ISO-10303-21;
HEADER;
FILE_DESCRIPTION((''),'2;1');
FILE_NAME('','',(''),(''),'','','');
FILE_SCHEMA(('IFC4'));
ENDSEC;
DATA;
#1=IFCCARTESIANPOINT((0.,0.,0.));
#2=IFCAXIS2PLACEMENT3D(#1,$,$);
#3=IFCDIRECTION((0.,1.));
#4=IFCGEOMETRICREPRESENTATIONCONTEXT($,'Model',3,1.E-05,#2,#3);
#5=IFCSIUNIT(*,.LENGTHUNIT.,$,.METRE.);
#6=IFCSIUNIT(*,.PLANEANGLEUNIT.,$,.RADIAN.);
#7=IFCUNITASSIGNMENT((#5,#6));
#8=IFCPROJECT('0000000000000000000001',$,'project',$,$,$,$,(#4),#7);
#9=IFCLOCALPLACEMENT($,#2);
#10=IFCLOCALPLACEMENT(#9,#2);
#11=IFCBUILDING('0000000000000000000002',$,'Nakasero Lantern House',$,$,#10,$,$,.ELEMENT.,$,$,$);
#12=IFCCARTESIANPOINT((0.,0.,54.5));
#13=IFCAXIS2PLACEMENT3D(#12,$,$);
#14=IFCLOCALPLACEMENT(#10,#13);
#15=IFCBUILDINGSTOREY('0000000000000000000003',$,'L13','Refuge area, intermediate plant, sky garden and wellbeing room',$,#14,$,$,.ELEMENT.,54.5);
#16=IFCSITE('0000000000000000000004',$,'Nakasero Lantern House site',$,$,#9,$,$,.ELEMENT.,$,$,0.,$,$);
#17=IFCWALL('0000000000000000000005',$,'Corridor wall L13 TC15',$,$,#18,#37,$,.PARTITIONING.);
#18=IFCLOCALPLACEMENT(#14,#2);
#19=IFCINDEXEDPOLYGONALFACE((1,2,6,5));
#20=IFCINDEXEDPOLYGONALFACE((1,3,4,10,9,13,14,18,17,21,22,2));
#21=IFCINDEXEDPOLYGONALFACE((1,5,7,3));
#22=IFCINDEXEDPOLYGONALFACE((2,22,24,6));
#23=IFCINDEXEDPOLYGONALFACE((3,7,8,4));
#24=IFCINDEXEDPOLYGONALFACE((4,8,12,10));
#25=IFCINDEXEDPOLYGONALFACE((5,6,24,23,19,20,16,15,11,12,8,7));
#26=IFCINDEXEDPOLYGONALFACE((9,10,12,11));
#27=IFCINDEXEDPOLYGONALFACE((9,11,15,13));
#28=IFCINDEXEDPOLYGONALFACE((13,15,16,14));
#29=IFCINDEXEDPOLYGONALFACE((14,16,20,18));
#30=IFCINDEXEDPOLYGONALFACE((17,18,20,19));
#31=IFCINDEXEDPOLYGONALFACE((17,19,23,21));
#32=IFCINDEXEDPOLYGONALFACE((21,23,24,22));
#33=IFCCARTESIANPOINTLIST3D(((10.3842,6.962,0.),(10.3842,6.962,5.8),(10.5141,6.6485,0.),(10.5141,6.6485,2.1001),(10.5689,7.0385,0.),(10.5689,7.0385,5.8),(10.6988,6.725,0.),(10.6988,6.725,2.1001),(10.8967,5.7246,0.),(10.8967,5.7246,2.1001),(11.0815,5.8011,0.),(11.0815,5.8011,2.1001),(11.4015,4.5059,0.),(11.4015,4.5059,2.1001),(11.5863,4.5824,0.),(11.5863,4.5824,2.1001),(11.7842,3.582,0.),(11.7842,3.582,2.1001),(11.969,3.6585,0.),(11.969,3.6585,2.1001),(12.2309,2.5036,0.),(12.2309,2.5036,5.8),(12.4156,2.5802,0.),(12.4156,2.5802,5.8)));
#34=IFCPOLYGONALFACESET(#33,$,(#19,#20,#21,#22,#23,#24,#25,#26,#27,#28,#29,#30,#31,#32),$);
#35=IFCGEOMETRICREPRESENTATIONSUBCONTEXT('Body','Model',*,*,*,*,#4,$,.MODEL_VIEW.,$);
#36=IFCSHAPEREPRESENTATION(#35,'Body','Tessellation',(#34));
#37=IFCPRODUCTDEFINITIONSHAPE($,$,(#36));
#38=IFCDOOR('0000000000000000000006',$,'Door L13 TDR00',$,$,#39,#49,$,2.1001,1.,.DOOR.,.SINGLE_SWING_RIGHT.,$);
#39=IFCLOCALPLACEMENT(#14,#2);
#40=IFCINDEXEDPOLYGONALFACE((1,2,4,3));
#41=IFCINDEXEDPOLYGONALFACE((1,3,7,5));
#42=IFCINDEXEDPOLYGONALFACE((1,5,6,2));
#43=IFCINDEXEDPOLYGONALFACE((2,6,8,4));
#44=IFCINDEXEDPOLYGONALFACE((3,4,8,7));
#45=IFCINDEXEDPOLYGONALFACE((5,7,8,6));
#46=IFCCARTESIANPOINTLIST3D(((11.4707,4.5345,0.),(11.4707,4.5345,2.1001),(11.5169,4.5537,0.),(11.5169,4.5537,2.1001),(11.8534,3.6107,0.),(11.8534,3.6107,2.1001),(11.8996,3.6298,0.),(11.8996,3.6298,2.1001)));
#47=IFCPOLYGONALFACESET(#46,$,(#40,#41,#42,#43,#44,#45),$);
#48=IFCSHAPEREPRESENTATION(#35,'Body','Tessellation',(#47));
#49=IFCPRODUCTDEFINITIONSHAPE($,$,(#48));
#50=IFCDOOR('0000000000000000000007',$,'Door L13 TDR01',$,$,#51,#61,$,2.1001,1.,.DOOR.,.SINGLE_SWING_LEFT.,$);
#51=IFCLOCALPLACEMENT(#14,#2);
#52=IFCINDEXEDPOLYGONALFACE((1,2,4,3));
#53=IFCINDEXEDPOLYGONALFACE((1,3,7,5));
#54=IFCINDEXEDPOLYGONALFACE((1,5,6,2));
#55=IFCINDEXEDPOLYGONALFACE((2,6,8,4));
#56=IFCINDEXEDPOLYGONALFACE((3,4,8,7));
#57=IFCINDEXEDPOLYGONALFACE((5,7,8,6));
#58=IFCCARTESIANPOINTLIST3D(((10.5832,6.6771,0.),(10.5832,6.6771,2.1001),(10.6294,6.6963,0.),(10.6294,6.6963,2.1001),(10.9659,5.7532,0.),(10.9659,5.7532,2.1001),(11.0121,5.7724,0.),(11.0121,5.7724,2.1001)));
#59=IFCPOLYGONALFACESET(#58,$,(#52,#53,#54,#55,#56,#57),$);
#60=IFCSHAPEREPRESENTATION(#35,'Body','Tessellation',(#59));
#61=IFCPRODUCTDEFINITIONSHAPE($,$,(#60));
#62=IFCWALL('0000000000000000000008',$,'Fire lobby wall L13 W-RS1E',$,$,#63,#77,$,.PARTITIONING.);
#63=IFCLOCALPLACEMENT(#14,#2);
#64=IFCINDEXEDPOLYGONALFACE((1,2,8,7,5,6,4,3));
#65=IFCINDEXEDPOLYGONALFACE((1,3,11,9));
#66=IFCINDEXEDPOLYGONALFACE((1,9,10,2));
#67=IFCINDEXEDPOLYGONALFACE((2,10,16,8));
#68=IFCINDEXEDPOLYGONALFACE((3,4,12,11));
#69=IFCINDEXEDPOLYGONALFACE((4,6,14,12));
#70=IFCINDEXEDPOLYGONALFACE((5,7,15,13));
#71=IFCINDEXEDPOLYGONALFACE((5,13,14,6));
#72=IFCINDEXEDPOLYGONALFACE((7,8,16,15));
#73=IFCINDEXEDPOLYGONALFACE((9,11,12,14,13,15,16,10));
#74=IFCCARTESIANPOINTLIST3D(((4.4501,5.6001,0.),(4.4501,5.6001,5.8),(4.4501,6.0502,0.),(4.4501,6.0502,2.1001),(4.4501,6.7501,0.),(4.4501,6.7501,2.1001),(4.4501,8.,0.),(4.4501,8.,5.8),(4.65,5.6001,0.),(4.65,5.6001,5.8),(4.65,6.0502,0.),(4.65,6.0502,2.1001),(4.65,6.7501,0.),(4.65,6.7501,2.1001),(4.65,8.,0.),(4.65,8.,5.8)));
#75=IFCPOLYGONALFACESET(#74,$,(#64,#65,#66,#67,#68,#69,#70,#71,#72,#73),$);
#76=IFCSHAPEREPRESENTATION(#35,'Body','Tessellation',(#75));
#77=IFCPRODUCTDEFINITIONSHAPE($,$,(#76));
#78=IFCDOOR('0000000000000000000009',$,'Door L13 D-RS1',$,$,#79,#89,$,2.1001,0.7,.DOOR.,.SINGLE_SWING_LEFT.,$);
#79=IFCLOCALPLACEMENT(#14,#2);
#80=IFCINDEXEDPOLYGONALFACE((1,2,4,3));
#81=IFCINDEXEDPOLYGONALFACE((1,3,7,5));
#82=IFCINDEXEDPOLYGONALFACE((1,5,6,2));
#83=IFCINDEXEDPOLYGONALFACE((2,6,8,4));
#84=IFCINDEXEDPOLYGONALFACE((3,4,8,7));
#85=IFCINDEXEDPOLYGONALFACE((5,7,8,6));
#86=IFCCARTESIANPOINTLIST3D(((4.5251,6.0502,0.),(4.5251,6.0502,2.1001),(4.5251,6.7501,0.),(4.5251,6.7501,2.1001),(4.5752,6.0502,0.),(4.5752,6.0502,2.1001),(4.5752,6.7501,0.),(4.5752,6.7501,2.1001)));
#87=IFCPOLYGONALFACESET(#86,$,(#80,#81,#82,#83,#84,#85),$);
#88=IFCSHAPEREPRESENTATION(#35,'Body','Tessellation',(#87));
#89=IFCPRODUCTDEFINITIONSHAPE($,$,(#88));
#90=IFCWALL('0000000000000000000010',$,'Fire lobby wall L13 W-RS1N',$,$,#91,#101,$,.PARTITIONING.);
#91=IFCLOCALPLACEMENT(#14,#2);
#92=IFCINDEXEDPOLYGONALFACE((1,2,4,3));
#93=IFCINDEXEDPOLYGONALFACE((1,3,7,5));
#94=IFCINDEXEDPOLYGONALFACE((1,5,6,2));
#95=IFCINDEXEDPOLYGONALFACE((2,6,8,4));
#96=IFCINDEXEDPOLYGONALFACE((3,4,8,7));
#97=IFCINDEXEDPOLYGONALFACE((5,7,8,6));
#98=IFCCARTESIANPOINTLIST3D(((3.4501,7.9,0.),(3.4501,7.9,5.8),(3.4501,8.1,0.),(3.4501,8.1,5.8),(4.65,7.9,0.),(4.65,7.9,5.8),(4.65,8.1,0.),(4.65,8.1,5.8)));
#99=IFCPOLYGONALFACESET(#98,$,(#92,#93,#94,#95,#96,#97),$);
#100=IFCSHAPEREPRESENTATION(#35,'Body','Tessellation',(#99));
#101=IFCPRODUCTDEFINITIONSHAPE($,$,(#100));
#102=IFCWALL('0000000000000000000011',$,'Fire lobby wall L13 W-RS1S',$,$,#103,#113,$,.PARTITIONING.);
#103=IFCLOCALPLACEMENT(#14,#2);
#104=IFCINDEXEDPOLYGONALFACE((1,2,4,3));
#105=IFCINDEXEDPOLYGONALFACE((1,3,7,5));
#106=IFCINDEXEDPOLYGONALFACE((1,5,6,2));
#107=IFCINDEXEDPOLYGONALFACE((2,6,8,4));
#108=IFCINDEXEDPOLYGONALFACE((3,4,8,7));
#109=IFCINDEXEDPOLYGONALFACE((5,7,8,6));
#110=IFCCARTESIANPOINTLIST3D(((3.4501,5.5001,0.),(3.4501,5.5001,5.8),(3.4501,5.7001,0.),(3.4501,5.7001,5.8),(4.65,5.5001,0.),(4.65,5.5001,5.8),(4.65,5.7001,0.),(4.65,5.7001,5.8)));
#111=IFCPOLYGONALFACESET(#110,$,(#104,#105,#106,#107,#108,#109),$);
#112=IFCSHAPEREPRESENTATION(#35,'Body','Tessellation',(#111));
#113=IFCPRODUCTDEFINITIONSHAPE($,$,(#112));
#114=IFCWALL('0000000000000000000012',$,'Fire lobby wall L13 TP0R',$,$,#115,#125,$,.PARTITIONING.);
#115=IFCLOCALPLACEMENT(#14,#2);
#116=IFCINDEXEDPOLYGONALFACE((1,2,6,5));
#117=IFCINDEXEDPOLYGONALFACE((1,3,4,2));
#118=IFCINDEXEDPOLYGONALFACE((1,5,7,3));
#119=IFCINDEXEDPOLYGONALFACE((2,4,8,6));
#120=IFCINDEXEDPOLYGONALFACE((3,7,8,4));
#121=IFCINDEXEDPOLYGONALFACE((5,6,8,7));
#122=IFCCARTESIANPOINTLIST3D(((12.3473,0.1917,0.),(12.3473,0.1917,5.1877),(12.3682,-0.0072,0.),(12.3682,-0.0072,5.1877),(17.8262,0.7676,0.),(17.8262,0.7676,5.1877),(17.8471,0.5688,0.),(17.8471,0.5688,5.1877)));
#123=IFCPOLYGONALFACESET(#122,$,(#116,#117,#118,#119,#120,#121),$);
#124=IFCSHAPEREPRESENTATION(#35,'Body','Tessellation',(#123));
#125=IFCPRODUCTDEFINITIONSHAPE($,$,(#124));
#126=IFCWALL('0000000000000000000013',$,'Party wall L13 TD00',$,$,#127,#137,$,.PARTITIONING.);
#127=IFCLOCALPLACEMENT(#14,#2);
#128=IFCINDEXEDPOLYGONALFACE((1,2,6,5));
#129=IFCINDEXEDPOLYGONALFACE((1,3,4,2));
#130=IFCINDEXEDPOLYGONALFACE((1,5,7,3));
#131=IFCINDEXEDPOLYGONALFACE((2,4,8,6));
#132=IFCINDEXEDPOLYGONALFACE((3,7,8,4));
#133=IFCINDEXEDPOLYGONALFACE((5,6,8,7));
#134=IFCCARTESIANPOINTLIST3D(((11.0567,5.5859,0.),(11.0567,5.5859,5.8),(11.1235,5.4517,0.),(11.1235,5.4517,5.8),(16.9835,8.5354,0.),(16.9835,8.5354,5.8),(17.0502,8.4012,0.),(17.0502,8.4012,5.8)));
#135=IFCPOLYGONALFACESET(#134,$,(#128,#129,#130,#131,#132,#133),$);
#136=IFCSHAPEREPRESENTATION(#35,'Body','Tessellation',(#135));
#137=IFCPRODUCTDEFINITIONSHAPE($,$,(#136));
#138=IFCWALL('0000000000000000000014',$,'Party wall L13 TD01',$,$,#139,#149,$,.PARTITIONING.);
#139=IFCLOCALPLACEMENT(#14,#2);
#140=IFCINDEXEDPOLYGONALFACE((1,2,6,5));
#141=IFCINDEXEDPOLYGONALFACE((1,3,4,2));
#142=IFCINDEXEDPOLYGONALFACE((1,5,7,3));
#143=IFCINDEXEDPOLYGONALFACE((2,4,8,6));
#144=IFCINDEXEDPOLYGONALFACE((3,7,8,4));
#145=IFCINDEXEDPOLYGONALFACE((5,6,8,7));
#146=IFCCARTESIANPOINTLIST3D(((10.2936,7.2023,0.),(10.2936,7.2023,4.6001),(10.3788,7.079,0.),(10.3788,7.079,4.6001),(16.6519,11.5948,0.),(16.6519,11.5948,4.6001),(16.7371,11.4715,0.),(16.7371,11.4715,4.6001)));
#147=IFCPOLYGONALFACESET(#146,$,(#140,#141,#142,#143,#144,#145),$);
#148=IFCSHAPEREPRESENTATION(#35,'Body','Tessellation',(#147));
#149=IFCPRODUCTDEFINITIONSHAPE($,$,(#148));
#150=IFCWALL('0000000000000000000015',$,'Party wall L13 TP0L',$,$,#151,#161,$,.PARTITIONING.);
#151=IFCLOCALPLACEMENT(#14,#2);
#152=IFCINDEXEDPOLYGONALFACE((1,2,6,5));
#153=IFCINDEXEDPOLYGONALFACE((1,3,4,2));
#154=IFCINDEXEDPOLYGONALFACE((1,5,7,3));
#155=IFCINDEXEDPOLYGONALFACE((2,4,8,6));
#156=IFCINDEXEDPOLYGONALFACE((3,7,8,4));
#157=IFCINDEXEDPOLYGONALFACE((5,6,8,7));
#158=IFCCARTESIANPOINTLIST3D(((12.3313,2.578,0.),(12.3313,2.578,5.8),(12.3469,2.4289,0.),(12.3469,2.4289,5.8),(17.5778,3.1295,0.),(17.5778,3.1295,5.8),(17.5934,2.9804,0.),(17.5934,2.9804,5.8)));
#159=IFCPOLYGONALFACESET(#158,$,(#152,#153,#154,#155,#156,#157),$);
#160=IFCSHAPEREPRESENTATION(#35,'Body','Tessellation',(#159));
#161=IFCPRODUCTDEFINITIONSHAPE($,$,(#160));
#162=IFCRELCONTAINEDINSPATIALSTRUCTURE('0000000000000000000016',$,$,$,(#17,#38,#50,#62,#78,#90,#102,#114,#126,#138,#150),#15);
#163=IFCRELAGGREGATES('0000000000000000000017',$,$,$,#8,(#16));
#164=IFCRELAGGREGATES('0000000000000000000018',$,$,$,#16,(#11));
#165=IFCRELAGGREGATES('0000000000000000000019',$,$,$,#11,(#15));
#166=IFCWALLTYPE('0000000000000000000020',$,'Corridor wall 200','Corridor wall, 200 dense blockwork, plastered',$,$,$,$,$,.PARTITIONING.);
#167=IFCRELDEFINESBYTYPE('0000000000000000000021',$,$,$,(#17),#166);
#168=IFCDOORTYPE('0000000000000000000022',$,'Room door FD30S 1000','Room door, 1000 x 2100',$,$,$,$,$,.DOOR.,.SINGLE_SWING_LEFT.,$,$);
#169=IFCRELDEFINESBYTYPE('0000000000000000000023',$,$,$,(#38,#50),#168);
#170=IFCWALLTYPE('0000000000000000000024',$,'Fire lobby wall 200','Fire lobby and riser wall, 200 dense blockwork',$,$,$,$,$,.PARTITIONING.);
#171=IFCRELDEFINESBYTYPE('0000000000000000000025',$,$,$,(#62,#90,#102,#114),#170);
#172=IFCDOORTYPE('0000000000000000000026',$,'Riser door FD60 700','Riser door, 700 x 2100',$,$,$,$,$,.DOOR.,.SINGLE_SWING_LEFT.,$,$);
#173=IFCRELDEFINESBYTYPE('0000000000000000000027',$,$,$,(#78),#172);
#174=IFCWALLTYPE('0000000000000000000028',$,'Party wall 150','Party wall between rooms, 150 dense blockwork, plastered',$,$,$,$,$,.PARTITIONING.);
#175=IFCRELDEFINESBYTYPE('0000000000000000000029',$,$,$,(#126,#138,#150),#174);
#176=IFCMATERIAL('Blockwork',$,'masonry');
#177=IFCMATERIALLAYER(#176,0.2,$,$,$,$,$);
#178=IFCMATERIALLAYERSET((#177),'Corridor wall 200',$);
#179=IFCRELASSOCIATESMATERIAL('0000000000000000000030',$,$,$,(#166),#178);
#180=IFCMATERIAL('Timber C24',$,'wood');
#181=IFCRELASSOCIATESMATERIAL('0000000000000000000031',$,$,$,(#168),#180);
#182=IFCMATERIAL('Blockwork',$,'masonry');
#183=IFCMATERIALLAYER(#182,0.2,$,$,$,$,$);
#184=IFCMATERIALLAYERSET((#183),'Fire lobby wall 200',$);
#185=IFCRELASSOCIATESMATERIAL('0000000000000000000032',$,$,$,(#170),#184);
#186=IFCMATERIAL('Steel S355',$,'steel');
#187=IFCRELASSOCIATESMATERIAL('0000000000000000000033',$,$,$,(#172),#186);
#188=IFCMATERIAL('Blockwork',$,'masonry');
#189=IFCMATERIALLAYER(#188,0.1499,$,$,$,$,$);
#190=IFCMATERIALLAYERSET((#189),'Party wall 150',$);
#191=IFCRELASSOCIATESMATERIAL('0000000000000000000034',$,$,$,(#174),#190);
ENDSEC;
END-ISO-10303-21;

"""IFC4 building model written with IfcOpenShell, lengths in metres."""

from ifc_helpers import new_model, si_unit, direction, frame, frame_2d, origin, place, context, subcontext, project, spatial, rectangle, extrude, material, layer, layer_set, type_object, element, fill, save


model = new_model("IFC4")

# Units and contexts
model_context = context("Model", 3, precision=1e-05, world=origin(), true_north=direction((0.0, 1.0)))
body_context = subcontext(model_context, "Body", "Model", "MODEL_VIEW")
ifc_project = project(units=[si_unit("LENGTHUNIT", "METRE"), si_unit("PLANEANGLEUNIT", "RADIAN")], contexts=[model_context])

# Site, building, storey
site_placement = place(None, origin())
site = spatial("IfcSite", under=ifc_project, at=site_placement, Name="Nakasero Lantern House site", CompositionType="ELEMENT", RefElevation=0.0)
building_placement = place(site_placement, origin())
building = spatial("IfcBuilding", under=site, at=building_placement, Name="Nakasero Lantern House", CompositionType="ELEMENT")
storey_placement = place(building_placement, frame((0.0, 0.0, 54.5)))
storey = spatial("IfcBuildingStorey", under=building, at=storey_placement, Name="L13", Description="Refuge area, intermediate plant, sky garden and wellbeing room", CompositionType="ELEMENT", Elevation=54.5)

# Shared definitions
ifc_material_1 = material(Name="Blockwork", Category="masonry")
ifc_layer_1 = layer(ifc_material_1, 0.2)
ifc_layer_set_1 = layer_set([ifc_layer_1], Name="Corridor wall 200")
wall_type_1 = type_object("IfcWallType", Name="Corridor wall 200", Description="Corridor wall, 200 dense blockwork, plastered", PredefinedType="PARTITIONING", material=ifc_layer_set_1)

# Wall, openings, doors
wall_1_placement = place(storey_placement, frame((10.4766, 7.0002, 0.0), z_axis=(0.0, 0.0, 1.0), x_axis=(0.382685, -0.923879, 0.0)))
wall_1 = element("IfcWall", 1, at=wall_1_placement, inside=storey, type_object=wall_type_1, Name="Corridor wall L13 TC15", PredefinedType="PARTITIONING", context=body_context, shape_type="SweptSolid", body=[
    extrude(rectangle(XDim=4.8257, YDim=0.2, at=frame_2d((2.4128, 0.0))), origin(), (0.0, 0.0, 1.0), 5.8),
])
opening_1_placement = place(wall_1_placement, frame((2.6584, 0.0, 0.0)))
opening_1 = element("IfcOpeningElement", 2, at=opening_1_placement, cuts=wall_1, PredefinedType="OPENING", context=body_context, shape_type="SweptSolid", body=[
    extrude(rectangle(XDim=1.0, YDim=2.1001, at=frame_2d((0.5, 1.05))), frame((0.0, 0.1199, 0.0), z_axis=(0.0, -1.0, 0.0), x_axis=(1.0, 0.0, 0.0)), (0.0, 0.0, 1.0), 0.24),
])
opening_2_placement = place(wall_1_placement, frame((0.3394, 0.0, 0.0)))
opening_2 = element("IfcOpeningElement", 3, at=opening_2_placement, cuts=wall_1, PredefinedType="OPENING", context=body_context, shape_type="SweptSolid", body=[
    extrude(rectangle(XDim=1.0, YDim=2.1001, at=frame_2d((0.5, 1.05))), frame((0.0, 0.1199, 0.0), z_axis=(0.0, -1.0, 0.0), x_axis=(1.0, 0.0, 0.0)), (0.0, 0.0, 1.0), 0.24),
])
ifc_material_2 = material(Name="Timber C24", Category="wood")
door_type_1 = type_object("IfcDoorType", Name="Room door FD30S 1000", Description="Room door, 1000 x 2100", OperationType="SINGLE_SWING_LEFT", PredefinedType="DOOR", material=ifc_material_2)
door_1_placement = place(opening_1_placement, origin())
door_1 = element("IfcDoor", 4, at=door_1_placement, inside=storey, type_object=door_type_1, Name="Door L13 TDR00", OperationType="SINGLE_SWING_RIGHT", OverallHeight=2.1001, OverallWidth=1.0, PredefinedType="DOOR", context=body_context, shape_type="SweptSolid", body=[
    extrude(rectangle(XDim=1.0, YDim=2.1001, at=frame_2d((0.5, 1.05))), frame((0.0, 0.0249, 0.0), z_axis=(0.0, -1.0, 0.0), x_axis=(1.0, 0.0, 0.0)), (0.0, 0.0, 1.0), 0.05),
])
fill(opening_1, door_1)
door_2_placement = place(opening_2_placement, origin())
door_2 = element("IfcDoor", 5, at=door_2_placement, inside=storey, type_object=door_type_1, Name="Door L13 TDR01", OperationType="SINGLE_SWING_LEFT", OverallHeight=2.1001, OverallWidth=1.0, PredefinedType="DOOR", context=body_context, shape_type="SweptSolid", body=[
    extrude(rectangle(XDim=1.0, YDim=2.1001, at=frame_2d((0.5, 1.05))), frame((0.0, 0.0249, 0.0), z_axis=(0.0, -1.0, 0.0), x_axis=(1.0, 0.0, 0.0)), (0.0, 0.0, 1.0), 0.05),
])
fill(opening_2, door_2)

# Wall, opening, door
ifc_material_3 = material(Name="Blockwork", Category="masonry")
ifc_layer_2 = layer(ifc_material_3, 0.2)
ifc_layer_set_2 = layer_set([ifc_layer_2], Name="Fire lobby wall 200")
wall_type_2 = type_object("IfcWallType", Name="Fire lobby wall 200", Description="Fire lobby and riser wall, 200 dense blockwork", PredefinedType="PARTITIONING", material=ifc_layer_set_2)
wall_2_placement = place(storey_placement, frame((4.55, 5.6001, 0.0), z_axis=(0.0, 0.0, 1.0), x_axis=(0.0, 1.0, 0.0)))
wall_2 = element("IfcWall", 6, at=wall_2_placement, inside=storey, type_object=wall_type_2, Name="Fire lobby wall L13 W-RS1E", PredefinedType="PARTITIONING", context=body_context, shape_type="SweptSolid", body=[
    extrude(rectangle(XDim=2.3999, YDim=0.2, at=frame_2d((1.2, 0.0))), origin(), (0.0, 0.0, 1.0), 5.8),
])
opening_3_placement = place(wall_2_placement, frame((0.45, 0.0, 0.0)))
opening_3 = element("IfcOpeningElement", 7, at=opening_3_placement, cuts=wall_2, PredefinedType="OPENING", context=body_context, shape_type="SweptSolid", body=[
    extrude(rectangle(XDim=0.7, YDim=2.1001, at=frame_2d((0.3501, 1.05))), frame((0.0, 0.1199, 0.0), z_axis=(0.0, -1.0, 0.0), x_axis=(1.0, 0.0, 0.0)), (0.0, 0.0, 1.0), 0.24),
])
ifc_material_4 = material(Name="Steel S355", Category="steel")
door_type_2 = type_object("IfcDoorType", Name="Riser door FD60 700", Description="Riser door, 700 x 2100", OperationType="SINGLE_SWING_LEFT", PredefinedType="DOOR", material=ifc_material_4)
door_3_placement = place(opening_3_placement, origin())
door_3 = element("IfcDoor", 8, at=door_3_placement, inside=storey, type_object=door_type_2, Name="Door L13 D-RS1", OperationType="SINGLE_SWING_LEFT", OverallHeight=2.1001, OverallWidth=0.7, PredefinedType="DOOR", context=body_context, shape_type="SweptSolid", body=[
    extrude(rectangle(XDim=0.7, YDim=2.1001, at=frame_2d((0.3501, 1.05))), frame((0.0, 0.0249, 0.0), z_axis=(0.0, -1.0, 0.0), x_axis=(1.0, 0.0, 0.0)), (0.0, 0.0, 1.0), 0.05),
])
fill(opening_3, door_3)

# Walls
for number, where, z_axis, x_axis, name in (
    (9, (3.45, 8.0, 0.0), (0.0, 0.0, 1.0), (1.0, 0.0, 0.0), "Fire lobby wall L13 W-RS1N"),
    (10, (3.45, 5.6001, 0.0), (0.0, 0.0, 1.0), (1.0, 0.0, 0.0), "Fire lobby wall L13 W-RS1S"),
):
    element("IfcWall", number, at=place(storey_placement, frame(where, z_axis=z_axis, x_axis=x_axis)), inside=storey, type_object=wall_type_2, Name=name, PredefinedType="PARTITIONING", context=body_context, shape_type="SweptSolid", body=[
        extrude(rectangle(XDim=1.2, YDim=0.2, at=frame_2d((0.6001, 0.0))), origin(), (0.0, 0.0, 1.0), 5.8),
    ])
wall_3_placement = place(storey_placement, frame((12.3579, 0.0923, 0.0), z_axis=(0.0, 0.0, 1.0), x_axis=(0.99452, 0.104544, 0.0)))
element("IfcWall", 11, at=wall_3_placement, inside=storey, type_object=wall_type_2, Name="Fire lobby wall L13 TP0R", PredefinedType="PARTITIONING", context=body_context, shape_type="SweptSolid", body=[
    extrude(rectangle(XDim=5.509, YDim=0.2, at=frame_2d((2.7544, 0.0))), origin(), (0.0, 0.0, 1.0), 5.1877),
])
ifc_material_5 = material(Name="Blockwork", Category="masonry")
ifc_layer_3 = layer(ifc_material_5, 0.1499)
ifc_layer_set_3 = layer_set([ifc_layer_3], Name="Party wall 150")
wall_type_3 = type_object("IfcWallType", Name="Party wall 150", Description="Party wall between rooms, 150 dense blockwork, plastered", PredefinedType="PARTITIONING", material=ifc_layer_set_3)
wall_4_placement = place(storey_placement, frame((11.0901, 5.5188, 0.0), z_axis=(0.0, 0.0, 1.0), x_axis=(0.895266, 0.445531, 0.0)))
element("IfcWall", 12, at=wall_4_placement, inside=storey, type_object=wall_type_3, Name="Party wall L13 TD00", PredefinedType="PARTITIONING", context=body_context, shape_type="SweptSolid", body=[
    extrude(rectangle(XDim=6.6201, YDim=0.1499, at=frame_2d((3.3101, 0.0))), origin(), (0.0, 0.0, 1.0), 5.8),
])
wall_5_placement = place(storey_placement, frame((10.3362, 7.1406, 0.0), z_axis=(0.0, 0.0, 1.0), x_axis=(0.82276, 0.568388, 0.0)))
element("IfcWall", 13, at=wall_5_placement, inside=storey, type_object=wall_type_3, Name="Party wall L13 TD01", PredefinedType="PARTITIONING", context=body_context, shape_type="SweptSolid", body=[
    extrude(rectangle(XDim=7.728, YDim=0.1499, at=frame_2d((3.864, 0.0))), origin(), (0.0, 0.0, 1.0), 4.6001),
])
wall_6_placement = place(storey_placement, frame((12.3391, 2.5034, 0.0), z_axis=(0.0, 0.0, 1.0), x_axis=(0.99452, 0.104543, 0.0)))
element("IfcWall", 14, at=wall_6_placement, inside=storey, type_object=wall_type_3, Name="Party wall L13 TP0L", PredefinedType="PARTITIONING", context=body_context, shape_type="SweptSolid", body=[
    extrude(rectangle(XDim=5.2754, YDim=0.1499, at=frame_2d((2.6377, 0.0))), origin(), (0.0, 0.0, 1.0), 5.8),
])

save(model, "model.ifc")
